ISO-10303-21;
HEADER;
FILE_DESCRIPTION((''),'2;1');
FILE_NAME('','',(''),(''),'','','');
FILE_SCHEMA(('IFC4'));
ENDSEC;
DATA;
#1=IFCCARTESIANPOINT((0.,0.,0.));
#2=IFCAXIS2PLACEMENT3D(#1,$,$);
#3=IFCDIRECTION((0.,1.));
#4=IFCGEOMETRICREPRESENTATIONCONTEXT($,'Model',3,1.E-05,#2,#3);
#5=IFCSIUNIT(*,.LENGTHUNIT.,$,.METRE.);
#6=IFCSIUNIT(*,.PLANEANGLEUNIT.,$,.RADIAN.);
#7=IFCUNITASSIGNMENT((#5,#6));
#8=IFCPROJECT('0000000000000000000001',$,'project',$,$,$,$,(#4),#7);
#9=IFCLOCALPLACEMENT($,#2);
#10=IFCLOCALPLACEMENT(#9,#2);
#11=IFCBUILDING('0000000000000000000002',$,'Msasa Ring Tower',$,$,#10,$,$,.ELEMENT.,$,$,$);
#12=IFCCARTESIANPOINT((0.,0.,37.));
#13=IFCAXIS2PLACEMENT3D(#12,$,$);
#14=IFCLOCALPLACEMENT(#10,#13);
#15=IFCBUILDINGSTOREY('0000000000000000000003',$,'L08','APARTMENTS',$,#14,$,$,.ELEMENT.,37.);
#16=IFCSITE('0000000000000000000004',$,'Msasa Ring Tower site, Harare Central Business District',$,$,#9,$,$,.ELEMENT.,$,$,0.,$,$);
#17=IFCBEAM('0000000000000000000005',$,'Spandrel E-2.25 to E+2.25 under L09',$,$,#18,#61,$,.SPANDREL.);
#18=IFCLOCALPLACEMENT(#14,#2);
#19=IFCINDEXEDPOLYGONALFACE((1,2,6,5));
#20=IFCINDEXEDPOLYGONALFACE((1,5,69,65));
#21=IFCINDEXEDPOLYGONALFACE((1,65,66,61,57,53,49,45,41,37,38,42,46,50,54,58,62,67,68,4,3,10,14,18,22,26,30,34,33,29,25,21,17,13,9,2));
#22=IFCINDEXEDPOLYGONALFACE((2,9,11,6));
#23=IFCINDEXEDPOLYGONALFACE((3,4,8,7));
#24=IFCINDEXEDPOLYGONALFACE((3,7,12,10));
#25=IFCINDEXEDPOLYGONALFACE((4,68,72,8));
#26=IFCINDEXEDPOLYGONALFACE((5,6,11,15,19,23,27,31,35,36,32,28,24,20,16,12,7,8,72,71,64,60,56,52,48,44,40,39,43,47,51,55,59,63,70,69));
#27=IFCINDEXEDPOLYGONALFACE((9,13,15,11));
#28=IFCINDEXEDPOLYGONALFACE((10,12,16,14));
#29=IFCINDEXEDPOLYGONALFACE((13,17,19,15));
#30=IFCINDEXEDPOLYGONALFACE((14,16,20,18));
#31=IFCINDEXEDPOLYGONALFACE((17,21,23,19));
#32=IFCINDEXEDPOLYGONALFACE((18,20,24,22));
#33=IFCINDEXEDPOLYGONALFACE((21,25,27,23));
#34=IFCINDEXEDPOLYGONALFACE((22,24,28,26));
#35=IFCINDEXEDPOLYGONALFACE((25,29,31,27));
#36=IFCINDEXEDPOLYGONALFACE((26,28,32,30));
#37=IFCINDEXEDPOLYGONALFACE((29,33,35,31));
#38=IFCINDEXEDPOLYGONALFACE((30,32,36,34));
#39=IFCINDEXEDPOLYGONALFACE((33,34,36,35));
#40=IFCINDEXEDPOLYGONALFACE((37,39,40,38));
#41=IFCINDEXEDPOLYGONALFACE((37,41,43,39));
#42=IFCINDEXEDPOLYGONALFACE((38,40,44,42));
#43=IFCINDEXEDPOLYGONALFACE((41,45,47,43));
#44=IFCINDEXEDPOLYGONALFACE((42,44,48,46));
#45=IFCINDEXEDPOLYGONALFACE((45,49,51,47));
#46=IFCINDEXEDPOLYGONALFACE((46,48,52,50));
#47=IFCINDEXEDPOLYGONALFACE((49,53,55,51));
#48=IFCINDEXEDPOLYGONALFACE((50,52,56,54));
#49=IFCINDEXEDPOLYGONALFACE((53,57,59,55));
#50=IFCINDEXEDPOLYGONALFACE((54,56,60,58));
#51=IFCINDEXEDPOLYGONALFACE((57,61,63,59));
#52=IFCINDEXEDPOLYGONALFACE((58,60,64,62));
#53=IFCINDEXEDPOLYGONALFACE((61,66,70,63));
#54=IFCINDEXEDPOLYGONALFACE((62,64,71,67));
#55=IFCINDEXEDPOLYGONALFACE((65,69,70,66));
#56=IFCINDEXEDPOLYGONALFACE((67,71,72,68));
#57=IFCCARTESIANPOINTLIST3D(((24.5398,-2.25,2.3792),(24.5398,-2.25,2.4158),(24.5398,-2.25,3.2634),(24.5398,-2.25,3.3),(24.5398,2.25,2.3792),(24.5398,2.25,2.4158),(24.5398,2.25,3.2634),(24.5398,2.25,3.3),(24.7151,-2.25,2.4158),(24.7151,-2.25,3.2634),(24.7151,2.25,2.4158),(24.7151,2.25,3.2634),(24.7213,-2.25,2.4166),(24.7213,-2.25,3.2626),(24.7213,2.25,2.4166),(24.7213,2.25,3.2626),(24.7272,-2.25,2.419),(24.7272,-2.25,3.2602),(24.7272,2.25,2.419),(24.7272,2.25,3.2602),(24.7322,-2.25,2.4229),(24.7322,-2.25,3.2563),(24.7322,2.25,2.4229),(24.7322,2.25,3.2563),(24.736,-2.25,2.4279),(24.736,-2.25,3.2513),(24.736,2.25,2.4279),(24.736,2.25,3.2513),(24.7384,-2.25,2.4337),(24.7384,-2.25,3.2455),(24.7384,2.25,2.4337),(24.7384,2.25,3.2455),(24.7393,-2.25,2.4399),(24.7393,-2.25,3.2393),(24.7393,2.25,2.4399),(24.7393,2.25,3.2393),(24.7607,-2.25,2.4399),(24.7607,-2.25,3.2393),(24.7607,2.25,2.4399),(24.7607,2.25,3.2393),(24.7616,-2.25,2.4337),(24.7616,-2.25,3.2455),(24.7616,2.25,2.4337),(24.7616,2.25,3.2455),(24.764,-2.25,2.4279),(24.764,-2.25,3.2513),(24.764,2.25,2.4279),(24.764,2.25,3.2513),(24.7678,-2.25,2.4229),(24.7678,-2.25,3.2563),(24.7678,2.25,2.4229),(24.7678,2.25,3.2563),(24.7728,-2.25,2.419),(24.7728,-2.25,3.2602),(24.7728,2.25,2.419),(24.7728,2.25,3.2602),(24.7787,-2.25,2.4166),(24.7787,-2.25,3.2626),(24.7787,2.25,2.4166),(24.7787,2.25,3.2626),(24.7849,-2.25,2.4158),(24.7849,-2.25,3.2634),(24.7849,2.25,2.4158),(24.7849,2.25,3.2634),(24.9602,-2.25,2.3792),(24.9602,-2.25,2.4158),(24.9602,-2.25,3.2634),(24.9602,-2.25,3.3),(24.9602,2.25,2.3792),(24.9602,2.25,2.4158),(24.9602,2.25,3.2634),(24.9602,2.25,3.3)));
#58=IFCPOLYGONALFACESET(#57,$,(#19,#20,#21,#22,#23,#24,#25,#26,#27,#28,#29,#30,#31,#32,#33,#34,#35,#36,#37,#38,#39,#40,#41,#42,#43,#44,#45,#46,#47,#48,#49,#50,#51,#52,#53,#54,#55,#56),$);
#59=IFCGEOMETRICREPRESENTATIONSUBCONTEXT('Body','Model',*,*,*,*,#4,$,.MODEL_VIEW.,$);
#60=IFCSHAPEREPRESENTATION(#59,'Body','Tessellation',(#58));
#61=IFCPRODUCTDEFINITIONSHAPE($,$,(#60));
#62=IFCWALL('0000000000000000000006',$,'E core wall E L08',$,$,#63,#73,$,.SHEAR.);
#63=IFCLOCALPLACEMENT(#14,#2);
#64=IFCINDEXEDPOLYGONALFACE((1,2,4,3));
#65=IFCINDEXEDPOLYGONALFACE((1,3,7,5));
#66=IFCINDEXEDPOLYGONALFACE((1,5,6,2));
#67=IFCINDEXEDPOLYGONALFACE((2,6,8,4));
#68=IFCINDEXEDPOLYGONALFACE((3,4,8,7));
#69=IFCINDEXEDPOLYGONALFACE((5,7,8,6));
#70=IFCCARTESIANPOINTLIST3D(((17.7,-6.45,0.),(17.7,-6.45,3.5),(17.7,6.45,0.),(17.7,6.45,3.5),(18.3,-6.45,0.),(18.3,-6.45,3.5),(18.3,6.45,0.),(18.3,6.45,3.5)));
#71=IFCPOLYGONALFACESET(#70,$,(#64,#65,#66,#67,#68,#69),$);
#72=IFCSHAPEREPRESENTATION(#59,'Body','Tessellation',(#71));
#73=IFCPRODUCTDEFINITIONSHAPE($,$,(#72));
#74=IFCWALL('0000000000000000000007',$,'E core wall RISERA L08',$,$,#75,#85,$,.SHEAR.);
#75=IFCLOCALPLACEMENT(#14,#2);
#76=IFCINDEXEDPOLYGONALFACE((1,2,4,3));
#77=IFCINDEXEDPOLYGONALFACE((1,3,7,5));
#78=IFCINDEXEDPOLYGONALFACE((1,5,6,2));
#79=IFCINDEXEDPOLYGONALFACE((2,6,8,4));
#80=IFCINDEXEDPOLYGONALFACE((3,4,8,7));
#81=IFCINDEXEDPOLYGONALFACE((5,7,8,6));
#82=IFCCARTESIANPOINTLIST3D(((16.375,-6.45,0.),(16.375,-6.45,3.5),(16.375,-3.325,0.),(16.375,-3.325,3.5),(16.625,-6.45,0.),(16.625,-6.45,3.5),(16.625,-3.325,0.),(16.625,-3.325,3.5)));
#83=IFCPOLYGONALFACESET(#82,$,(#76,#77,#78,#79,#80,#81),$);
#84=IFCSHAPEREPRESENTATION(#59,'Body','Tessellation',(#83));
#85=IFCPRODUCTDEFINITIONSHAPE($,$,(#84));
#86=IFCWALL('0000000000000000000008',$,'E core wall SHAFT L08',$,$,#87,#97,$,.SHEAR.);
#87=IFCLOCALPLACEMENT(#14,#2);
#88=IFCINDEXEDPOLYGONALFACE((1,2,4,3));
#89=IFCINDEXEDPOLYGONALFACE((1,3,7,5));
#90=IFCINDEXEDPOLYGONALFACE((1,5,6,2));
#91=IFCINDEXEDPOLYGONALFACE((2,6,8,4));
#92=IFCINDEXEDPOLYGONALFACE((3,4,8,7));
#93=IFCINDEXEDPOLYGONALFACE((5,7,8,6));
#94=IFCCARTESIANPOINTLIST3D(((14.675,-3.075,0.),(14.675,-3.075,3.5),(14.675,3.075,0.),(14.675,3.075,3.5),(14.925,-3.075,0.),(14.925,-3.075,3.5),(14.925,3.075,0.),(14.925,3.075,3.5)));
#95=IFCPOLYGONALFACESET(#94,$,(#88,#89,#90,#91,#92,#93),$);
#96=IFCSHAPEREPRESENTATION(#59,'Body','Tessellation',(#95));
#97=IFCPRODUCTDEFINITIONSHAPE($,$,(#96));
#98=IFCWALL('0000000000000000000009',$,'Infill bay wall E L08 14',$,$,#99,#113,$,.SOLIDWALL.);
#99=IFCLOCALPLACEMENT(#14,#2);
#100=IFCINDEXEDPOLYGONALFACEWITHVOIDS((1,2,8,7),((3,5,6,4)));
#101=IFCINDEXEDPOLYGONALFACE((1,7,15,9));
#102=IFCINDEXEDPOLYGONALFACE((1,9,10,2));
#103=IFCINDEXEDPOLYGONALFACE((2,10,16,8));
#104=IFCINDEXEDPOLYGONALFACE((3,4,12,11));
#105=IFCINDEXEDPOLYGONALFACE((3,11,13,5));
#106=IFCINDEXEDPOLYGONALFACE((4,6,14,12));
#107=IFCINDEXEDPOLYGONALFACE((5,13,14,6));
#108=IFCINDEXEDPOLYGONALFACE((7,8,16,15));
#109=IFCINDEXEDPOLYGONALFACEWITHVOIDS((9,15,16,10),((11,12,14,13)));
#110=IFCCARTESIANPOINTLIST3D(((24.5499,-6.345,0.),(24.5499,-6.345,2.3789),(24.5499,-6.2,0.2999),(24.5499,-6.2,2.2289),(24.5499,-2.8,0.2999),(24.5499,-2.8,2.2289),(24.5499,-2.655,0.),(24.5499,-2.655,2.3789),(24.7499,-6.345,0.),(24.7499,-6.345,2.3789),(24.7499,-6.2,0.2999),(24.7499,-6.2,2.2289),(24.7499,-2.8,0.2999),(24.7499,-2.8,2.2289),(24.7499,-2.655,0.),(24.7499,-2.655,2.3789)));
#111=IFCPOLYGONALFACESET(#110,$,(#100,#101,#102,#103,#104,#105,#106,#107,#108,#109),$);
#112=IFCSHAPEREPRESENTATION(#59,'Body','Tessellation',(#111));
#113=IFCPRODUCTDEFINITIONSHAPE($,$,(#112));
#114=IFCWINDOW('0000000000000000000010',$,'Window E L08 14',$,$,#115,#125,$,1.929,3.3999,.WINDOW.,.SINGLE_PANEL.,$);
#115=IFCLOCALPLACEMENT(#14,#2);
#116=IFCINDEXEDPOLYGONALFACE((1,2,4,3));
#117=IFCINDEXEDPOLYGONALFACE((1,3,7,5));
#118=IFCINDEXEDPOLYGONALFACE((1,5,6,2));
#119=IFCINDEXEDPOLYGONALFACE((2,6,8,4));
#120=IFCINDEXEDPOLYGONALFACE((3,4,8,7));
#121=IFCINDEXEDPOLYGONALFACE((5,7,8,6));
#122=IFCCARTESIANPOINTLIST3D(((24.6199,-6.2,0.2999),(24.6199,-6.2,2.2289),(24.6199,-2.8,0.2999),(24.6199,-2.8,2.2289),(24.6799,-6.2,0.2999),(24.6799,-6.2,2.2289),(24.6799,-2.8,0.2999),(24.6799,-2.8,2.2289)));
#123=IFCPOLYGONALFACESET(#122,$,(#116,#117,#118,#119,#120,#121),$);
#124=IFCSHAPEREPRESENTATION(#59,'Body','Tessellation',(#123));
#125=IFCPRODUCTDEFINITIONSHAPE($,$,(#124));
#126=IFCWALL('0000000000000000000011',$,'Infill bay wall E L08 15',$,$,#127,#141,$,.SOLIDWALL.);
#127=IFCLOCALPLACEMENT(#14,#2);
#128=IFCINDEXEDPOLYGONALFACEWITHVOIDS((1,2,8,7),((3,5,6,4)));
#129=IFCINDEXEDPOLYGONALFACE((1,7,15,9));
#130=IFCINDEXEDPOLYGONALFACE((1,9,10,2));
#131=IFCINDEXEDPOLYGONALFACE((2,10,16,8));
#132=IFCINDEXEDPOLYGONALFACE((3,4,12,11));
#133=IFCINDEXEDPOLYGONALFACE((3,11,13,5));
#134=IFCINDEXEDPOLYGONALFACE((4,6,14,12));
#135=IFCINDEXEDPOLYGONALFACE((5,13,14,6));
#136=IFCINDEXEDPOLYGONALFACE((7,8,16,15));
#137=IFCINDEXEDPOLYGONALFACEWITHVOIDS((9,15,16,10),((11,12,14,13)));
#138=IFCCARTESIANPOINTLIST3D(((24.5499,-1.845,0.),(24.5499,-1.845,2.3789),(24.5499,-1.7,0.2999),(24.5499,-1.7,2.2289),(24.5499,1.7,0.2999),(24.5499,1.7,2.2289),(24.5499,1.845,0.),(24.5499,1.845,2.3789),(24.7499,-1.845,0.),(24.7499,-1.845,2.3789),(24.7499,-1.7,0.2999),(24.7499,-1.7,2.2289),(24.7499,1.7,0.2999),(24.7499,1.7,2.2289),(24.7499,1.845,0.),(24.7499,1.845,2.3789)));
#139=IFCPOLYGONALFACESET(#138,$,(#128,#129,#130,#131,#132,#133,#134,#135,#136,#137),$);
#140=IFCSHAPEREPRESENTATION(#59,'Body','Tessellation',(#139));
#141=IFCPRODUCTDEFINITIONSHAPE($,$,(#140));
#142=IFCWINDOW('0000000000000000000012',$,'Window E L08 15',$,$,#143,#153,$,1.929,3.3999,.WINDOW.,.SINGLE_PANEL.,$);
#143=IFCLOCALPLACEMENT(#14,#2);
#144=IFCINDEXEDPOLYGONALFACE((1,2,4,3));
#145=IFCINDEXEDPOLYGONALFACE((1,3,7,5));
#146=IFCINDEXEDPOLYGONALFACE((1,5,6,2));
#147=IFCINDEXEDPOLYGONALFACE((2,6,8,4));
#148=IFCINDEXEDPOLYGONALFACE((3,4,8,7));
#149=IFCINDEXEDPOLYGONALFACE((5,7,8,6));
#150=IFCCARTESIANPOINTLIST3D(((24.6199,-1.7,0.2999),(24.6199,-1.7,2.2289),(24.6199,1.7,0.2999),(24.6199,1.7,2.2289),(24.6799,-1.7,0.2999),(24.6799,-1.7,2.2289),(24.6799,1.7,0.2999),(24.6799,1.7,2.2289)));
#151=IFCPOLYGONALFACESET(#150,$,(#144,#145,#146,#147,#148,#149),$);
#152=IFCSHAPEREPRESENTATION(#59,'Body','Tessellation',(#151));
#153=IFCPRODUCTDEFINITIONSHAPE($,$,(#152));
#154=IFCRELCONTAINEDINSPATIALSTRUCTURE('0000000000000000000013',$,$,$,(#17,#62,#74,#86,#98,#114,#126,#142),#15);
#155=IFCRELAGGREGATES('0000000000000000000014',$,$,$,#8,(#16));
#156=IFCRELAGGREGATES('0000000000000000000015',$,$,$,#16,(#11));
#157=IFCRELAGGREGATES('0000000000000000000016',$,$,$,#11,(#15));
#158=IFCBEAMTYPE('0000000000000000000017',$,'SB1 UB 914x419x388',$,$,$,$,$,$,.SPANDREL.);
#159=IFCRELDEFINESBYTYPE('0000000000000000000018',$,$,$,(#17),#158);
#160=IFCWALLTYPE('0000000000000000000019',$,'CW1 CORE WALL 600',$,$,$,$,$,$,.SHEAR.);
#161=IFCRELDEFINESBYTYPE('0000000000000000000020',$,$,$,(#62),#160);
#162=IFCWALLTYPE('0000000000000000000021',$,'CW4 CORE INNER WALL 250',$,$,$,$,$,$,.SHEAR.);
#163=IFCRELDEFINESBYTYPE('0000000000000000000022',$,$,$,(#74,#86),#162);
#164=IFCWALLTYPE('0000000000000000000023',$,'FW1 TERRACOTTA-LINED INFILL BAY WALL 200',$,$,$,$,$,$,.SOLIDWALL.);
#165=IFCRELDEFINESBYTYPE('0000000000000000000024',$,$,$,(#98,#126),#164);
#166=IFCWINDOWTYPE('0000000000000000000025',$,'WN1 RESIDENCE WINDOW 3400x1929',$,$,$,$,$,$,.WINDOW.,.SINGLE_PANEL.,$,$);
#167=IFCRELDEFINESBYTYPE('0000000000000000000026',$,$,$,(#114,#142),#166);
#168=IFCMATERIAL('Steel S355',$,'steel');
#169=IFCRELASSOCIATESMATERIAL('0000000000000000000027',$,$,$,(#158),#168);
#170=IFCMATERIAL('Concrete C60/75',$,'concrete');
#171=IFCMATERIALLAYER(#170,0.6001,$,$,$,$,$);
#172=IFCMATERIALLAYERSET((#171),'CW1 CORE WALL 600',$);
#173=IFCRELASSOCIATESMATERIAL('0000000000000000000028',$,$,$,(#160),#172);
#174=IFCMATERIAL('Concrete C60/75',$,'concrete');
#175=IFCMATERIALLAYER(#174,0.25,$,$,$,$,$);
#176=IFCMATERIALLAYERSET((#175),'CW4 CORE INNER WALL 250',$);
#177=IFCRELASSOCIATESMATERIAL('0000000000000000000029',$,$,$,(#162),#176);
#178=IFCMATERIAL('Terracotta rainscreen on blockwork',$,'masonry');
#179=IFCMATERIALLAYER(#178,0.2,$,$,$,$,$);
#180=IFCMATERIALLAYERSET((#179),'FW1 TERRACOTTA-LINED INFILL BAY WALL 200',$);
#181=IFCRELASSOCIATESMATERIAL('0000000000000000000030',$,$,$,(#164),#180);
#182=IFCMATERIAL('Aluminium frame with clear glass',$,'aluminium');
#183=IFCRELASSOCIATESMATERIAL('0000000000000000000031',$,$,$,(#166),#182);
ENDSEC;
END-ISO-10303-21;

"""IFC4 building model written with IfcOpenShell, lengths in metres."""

from ifc_helpers import new_model, si_unit, direction, frame, frame_2d, origin, origin_2d, place, context, subcontext, project, spatial, rectangle, i_section, extrude, material, layer, layer_set, material_profile, profile_set, type_object, element, fill, save


model = new_model("IFC4")

# Units and contexts
model_context = context("Model", 3, precision=1e-05, world=origin(), true_north=direction((0.0, 1.0)))
body_context = subcontext(model_context, "Body", "Model", "MODEL_VIEW")
ifc_project = project(units=[si_unit("LENGTHUNIT", "METRE"), si_unit("PLANEANGLEUNIT", "RADIAN")], contexts=[model_context])

# Site, building, storey
site_placement = place(None, origin())
site = spatial("IfcSite", under=ifc_project, at=site_placement, Name="Msasa Ring Tower site, Harare Central Business District", CompositionType="ELEMENT", RefElevation=0.0)
building_placement = place(site_placement, origin())
building = spatial("IfcBuilding", under=site, at=building_placement, Name="Msasa Ring Tower", CompositionType="ELEMENT")
storey_placement = place(building_placement, frame((0.0, 0.0, 37.0)))
storey = spatial("IfcBuildingStorey", under=building, at=storey_placement, Name="L08", Description="APARTMENTS", CompositionType="ELEMENT", Elevation=37.0)

# Beam
ifc_material_1 = material(Name="Steel S355", Category="steel")
ifc_material_profile_1 = material_profile(ifc_material_1, i_section(OverallWidth=0.4204, OverallDepth=0.9209, WebThickness=0.0215, FlangeThickness=0.0366, FilletRadius=0.0242, at=origin_2d()), Name="UB 914x419x388")
ifc_profile_set_1 = profile_set([ifc_material_profile_1], Name="Steel S355")
beam_type_1 = type_object("IfcBeamType", Name="SB1 UB 914x419x388", PredefinedType="SPANDREL", material=ifc_profile_set_1)
for number, where, z_axis, x_axis, name in (
    (1, (24.75, -2.25, 2.8396), (0.0, 1.0, 0.0), (-1.0, 0.0, 0.0), "Spandrel E-2.25 to E+2.25 under L09"),
):
    element("IfcBeam", number, at=place(storey_placement, frame(where, z_axis=z_axis, x_axis=x_axis)), inside=storey, type_object=beam_type_1, Name=name, PredefinedType="SPANDREL", context=body_context, shape_type="SweptSolid", body=[
        extrude(i_section(OverallWidth=0.4204, OverallDepth=0.9209, WebThickness=0.0215, FlangeThickness=0.0366, FilletRadius=0.0242, at=origin_2d()), origin(), (0.0, 0.0, 1.0), 4.5),
    ])

# Walls
ifc_material_2 = material(Name="Concrete C60/75", Category="concrete")
ifc_layer_1 = layer(ifc_material_2, 0.6001)
ifc_layer_set_1 = layer_set([ifc_layer_1], Name="CW1 CORE WALL 600")
wall_type_1 = type_object("IfcWallType", Name="CW1 CORE WALL 600", PredefinedType="SHEAR", material=ifc_layer_set_1)
wall_1_placement = place(storey_placement, frame((18.0, -6.45, 0.0), z_axis=(0.0, 0.0, 1.0), x_axis=(0.0, 1.0, 0.0)))
element("IfcWall", 2, at=wall_1_placement, inside=storey, type_object=wall_type_1, Name="E core wall E L08", PredefinedType="SHEAR", context=body_context, shape_type="SweptSolid", body=[
    extrude(rectangle(XDim=12.8999, YDim=0.6001, at=frame_2d((6.45, 0.0))), origin(), (0.0, 0.0, 1.0), 3.5),
])
ifc_material_3 = material(Name="Concrete C60/75", Category="concrete")
ifc_layer_2 = layer(ifc_material_3, 0.25)
ifc_layer_set_2 = layer_set([ifc_layer_2], Name="CW4 CORE INNER WALL 250")
wall_type_2 = type_object("IfcWallType", Name="CW4 CORE INNER WALL 250", PredefinedType="SHEAR", material=ifc_layer_set_2)
wall_2_placement = place(storey_placement, frame((16.5, -6.45, 0.0), z_axis=(0.0, 0.0, 1.0), x_axis=(0.0, 1.0, 0.0)))
element("IfcWall", 3, at=wall_2_placement, inside=storey, type_object=wall_type_2, Name="E core wall RISERA L08", PredefinedType="SHEAR", context=body_context, shape_type="SweptSolid", body=[
    extrude(rectangle(XDim=3.125, YDim=0.25, at=frame_2d((1.5625, 0.0))), origin(), (0.0, 0.0, 1.0), 3.5),
])
wall_3_placement = place(storey_placement, frame((14.8, -3.075, 0.0), z_axis=(0.0, 0.0, 1.0), x_axis=(0.0, 1.0, 0.0)))
element("IfcWall", 4, at=wall_3_placement, inside=storey, type_object=wall_type_2, Name="E core wall SHAFT L08", PredefinedType="SHEAR", context=body_context, shape_type="SweptSolid", body=[
    extrude(rectangle(XDim=6.1499, YDim=0.25, at=frame_2d((3.075, 0.0))), origin(), (0.0, 0.0, 1.0), 3.5),
])

# Walls, openings, windows
ifc_material_4 = material(Name="Terracotta rainscreen on blockwork", Category="masonry")
ifc_layer_3 = layer(ifc_material_4, 0.2)
ifc_layer_set_3 = layer_set([ifc_layer_3], Name="FW1 TERRACOTTA-LINED INFILL BAY WALL 200")
wall_type_3 = type_object("IfcWallType", Name="FW1 TERRACOTTA-LINED INFILL BAY WALL 200", PredefinedType="SOLIDWALL", material=ifc_layer_set_3)
wall_4_placement = place(storey_placement, frame((24.6499, -6.345, 0.0), z_axis=(0.0, 0.0, 1.0), x_axis=(0.0, 1.0, 0.0)))
wall_4 = element("IfcWall", 5, at=wall_4_placement, inside=storey, type_object=wall_type_3, Name="Infill bay wall E L08 14", PredefinedType="SOLIDWALL", context=body_context, shape_type="SweptSolid", body=[
    extrude(rectangle(XDim=3.6899, YDim=0.2, at=frame_2d((1.845, 0.0))), origin(), (0.0, 0.0, 1.0), 2.3789),
])
opening_1_placement = place(wall_4_placement, frame((0.145, 0.0, 0.3)))
opening_1 = element("IfcOpeningElement", 6, at=opening_1_placement, cuts=wall_4, PredefinedType="OPENING", context=body_context, shape_type="SweptSolid", body=[
    extrude(rectangle(XDim=3.3999, YDim=1.929, at=frame_2d((1.7, 0.9644))), frame((0.0, 0.1099, 0.0), z_axis=(0.0, -1.0, 0.0), x_axis=(1.0, 0.0, 0.0)), (0.0, 0.0, 1.0), 0.22),
])
ifc_material_5 = material(Name="Aluminium frame with clear glass", Category="aluminium")
window_type = type_object("IfcWindowType", Name="WN1 RESIDENCE WINDOW 3400x1929", PartitioningType="SINGLE_PANEL", PredefinedType="WINDOW", material=ifc_material_5)
window_1_placement = place(opening_1_placement, origin())
window_1 = element("IfcWindow", 7, at=window_1_placement, inside=storey, type_object=window_type, Name="Window E L08 14", OverallHeight=1.929, OverallWidth=3.3999, PartitioningType="SINGLE_PANEL", PredefinedType="WINDOW", context=body_context, shape_type="SweptSolid", body=[
    extrude(rectangle(XDim=3.3999, YDim=1.929, at=frame_2d((1.7, 0.9644))), frame((0.0, 0.03, 0.0), z_axis=(0.0, -1.0, 0.0), x_axis=(1.0, 0.0, 0.0)), (0.0, 0.0, 1.0), 0.0601),
])
fill(opening_1, window_1)
wall_5_placement = place(storey_placement, frame((24.6499, -1.845, 0.0), z_axis=(0.0, 0.0, 1.0), x_axis=(0.0, 1.0, 0.0)))
wall_5 = element("IfcWall", 8, at=wall_5_placement, inside=storey, type_object=wall_type_3, Name="Infill bay wall E L08 15", PredefinedType="SOLIDWALL", context=body_context, shape_type="SweptSolid", body=[
    extrude(rectangle(XDim=3.6899, YDim=0.2, at=frame_2d((1.845, 0.0))), origin(), (0.0, 0.0, 1.0), 2.3789),
])
opening_2_placement = place(wall_5_placement, frame((0.145, 0.0, 0.3)))
opening_2 = element("IfcOpeningElement", 9, at=opening_2_placement, cuts=wall_5, PredefinedType="OPENING", context=body_context, shape_type="SweptSolid", body=[
    extrude(rectangle(XDim=3.3999, YDim=1.929, at=frame_2d((1.7, 0.9644))), frame((0.0, 0.1099, 0.0), z_axis=(0.0, -1.0, 0.0), x_axis=(1.0, 0.0, 0.0)), (0.0, 0.0, 1.0), 0.22),
])
window_2_placement = place(opening_2_placement, origin())
window_2 = element("IfcWindow", 10, at=window_2_placement, inside=storey, type_object=window_type, Name="Window E L08 15", OverallHeight=1.929, OverallWidth=3.3999, PartitioningType="SINGLE_PANEL", PredefinedType="WINDOW", context=body_context, shape_type="SweptSolid", body=[
    extrude(rectangle(XDim=3.3999, YDim=1.929, at=frame_2d((1.7, 0.9644))), frame((0.0, 0.03, 0.0), z_axis=(0.0, -1.0, 0.0), x_axis=(1.0, 0.0, 0.0)), (0.0, 0.0, 1.0), 0.0601),
])
fill(opening_2, window_2)

save(model, "model.ifc")
